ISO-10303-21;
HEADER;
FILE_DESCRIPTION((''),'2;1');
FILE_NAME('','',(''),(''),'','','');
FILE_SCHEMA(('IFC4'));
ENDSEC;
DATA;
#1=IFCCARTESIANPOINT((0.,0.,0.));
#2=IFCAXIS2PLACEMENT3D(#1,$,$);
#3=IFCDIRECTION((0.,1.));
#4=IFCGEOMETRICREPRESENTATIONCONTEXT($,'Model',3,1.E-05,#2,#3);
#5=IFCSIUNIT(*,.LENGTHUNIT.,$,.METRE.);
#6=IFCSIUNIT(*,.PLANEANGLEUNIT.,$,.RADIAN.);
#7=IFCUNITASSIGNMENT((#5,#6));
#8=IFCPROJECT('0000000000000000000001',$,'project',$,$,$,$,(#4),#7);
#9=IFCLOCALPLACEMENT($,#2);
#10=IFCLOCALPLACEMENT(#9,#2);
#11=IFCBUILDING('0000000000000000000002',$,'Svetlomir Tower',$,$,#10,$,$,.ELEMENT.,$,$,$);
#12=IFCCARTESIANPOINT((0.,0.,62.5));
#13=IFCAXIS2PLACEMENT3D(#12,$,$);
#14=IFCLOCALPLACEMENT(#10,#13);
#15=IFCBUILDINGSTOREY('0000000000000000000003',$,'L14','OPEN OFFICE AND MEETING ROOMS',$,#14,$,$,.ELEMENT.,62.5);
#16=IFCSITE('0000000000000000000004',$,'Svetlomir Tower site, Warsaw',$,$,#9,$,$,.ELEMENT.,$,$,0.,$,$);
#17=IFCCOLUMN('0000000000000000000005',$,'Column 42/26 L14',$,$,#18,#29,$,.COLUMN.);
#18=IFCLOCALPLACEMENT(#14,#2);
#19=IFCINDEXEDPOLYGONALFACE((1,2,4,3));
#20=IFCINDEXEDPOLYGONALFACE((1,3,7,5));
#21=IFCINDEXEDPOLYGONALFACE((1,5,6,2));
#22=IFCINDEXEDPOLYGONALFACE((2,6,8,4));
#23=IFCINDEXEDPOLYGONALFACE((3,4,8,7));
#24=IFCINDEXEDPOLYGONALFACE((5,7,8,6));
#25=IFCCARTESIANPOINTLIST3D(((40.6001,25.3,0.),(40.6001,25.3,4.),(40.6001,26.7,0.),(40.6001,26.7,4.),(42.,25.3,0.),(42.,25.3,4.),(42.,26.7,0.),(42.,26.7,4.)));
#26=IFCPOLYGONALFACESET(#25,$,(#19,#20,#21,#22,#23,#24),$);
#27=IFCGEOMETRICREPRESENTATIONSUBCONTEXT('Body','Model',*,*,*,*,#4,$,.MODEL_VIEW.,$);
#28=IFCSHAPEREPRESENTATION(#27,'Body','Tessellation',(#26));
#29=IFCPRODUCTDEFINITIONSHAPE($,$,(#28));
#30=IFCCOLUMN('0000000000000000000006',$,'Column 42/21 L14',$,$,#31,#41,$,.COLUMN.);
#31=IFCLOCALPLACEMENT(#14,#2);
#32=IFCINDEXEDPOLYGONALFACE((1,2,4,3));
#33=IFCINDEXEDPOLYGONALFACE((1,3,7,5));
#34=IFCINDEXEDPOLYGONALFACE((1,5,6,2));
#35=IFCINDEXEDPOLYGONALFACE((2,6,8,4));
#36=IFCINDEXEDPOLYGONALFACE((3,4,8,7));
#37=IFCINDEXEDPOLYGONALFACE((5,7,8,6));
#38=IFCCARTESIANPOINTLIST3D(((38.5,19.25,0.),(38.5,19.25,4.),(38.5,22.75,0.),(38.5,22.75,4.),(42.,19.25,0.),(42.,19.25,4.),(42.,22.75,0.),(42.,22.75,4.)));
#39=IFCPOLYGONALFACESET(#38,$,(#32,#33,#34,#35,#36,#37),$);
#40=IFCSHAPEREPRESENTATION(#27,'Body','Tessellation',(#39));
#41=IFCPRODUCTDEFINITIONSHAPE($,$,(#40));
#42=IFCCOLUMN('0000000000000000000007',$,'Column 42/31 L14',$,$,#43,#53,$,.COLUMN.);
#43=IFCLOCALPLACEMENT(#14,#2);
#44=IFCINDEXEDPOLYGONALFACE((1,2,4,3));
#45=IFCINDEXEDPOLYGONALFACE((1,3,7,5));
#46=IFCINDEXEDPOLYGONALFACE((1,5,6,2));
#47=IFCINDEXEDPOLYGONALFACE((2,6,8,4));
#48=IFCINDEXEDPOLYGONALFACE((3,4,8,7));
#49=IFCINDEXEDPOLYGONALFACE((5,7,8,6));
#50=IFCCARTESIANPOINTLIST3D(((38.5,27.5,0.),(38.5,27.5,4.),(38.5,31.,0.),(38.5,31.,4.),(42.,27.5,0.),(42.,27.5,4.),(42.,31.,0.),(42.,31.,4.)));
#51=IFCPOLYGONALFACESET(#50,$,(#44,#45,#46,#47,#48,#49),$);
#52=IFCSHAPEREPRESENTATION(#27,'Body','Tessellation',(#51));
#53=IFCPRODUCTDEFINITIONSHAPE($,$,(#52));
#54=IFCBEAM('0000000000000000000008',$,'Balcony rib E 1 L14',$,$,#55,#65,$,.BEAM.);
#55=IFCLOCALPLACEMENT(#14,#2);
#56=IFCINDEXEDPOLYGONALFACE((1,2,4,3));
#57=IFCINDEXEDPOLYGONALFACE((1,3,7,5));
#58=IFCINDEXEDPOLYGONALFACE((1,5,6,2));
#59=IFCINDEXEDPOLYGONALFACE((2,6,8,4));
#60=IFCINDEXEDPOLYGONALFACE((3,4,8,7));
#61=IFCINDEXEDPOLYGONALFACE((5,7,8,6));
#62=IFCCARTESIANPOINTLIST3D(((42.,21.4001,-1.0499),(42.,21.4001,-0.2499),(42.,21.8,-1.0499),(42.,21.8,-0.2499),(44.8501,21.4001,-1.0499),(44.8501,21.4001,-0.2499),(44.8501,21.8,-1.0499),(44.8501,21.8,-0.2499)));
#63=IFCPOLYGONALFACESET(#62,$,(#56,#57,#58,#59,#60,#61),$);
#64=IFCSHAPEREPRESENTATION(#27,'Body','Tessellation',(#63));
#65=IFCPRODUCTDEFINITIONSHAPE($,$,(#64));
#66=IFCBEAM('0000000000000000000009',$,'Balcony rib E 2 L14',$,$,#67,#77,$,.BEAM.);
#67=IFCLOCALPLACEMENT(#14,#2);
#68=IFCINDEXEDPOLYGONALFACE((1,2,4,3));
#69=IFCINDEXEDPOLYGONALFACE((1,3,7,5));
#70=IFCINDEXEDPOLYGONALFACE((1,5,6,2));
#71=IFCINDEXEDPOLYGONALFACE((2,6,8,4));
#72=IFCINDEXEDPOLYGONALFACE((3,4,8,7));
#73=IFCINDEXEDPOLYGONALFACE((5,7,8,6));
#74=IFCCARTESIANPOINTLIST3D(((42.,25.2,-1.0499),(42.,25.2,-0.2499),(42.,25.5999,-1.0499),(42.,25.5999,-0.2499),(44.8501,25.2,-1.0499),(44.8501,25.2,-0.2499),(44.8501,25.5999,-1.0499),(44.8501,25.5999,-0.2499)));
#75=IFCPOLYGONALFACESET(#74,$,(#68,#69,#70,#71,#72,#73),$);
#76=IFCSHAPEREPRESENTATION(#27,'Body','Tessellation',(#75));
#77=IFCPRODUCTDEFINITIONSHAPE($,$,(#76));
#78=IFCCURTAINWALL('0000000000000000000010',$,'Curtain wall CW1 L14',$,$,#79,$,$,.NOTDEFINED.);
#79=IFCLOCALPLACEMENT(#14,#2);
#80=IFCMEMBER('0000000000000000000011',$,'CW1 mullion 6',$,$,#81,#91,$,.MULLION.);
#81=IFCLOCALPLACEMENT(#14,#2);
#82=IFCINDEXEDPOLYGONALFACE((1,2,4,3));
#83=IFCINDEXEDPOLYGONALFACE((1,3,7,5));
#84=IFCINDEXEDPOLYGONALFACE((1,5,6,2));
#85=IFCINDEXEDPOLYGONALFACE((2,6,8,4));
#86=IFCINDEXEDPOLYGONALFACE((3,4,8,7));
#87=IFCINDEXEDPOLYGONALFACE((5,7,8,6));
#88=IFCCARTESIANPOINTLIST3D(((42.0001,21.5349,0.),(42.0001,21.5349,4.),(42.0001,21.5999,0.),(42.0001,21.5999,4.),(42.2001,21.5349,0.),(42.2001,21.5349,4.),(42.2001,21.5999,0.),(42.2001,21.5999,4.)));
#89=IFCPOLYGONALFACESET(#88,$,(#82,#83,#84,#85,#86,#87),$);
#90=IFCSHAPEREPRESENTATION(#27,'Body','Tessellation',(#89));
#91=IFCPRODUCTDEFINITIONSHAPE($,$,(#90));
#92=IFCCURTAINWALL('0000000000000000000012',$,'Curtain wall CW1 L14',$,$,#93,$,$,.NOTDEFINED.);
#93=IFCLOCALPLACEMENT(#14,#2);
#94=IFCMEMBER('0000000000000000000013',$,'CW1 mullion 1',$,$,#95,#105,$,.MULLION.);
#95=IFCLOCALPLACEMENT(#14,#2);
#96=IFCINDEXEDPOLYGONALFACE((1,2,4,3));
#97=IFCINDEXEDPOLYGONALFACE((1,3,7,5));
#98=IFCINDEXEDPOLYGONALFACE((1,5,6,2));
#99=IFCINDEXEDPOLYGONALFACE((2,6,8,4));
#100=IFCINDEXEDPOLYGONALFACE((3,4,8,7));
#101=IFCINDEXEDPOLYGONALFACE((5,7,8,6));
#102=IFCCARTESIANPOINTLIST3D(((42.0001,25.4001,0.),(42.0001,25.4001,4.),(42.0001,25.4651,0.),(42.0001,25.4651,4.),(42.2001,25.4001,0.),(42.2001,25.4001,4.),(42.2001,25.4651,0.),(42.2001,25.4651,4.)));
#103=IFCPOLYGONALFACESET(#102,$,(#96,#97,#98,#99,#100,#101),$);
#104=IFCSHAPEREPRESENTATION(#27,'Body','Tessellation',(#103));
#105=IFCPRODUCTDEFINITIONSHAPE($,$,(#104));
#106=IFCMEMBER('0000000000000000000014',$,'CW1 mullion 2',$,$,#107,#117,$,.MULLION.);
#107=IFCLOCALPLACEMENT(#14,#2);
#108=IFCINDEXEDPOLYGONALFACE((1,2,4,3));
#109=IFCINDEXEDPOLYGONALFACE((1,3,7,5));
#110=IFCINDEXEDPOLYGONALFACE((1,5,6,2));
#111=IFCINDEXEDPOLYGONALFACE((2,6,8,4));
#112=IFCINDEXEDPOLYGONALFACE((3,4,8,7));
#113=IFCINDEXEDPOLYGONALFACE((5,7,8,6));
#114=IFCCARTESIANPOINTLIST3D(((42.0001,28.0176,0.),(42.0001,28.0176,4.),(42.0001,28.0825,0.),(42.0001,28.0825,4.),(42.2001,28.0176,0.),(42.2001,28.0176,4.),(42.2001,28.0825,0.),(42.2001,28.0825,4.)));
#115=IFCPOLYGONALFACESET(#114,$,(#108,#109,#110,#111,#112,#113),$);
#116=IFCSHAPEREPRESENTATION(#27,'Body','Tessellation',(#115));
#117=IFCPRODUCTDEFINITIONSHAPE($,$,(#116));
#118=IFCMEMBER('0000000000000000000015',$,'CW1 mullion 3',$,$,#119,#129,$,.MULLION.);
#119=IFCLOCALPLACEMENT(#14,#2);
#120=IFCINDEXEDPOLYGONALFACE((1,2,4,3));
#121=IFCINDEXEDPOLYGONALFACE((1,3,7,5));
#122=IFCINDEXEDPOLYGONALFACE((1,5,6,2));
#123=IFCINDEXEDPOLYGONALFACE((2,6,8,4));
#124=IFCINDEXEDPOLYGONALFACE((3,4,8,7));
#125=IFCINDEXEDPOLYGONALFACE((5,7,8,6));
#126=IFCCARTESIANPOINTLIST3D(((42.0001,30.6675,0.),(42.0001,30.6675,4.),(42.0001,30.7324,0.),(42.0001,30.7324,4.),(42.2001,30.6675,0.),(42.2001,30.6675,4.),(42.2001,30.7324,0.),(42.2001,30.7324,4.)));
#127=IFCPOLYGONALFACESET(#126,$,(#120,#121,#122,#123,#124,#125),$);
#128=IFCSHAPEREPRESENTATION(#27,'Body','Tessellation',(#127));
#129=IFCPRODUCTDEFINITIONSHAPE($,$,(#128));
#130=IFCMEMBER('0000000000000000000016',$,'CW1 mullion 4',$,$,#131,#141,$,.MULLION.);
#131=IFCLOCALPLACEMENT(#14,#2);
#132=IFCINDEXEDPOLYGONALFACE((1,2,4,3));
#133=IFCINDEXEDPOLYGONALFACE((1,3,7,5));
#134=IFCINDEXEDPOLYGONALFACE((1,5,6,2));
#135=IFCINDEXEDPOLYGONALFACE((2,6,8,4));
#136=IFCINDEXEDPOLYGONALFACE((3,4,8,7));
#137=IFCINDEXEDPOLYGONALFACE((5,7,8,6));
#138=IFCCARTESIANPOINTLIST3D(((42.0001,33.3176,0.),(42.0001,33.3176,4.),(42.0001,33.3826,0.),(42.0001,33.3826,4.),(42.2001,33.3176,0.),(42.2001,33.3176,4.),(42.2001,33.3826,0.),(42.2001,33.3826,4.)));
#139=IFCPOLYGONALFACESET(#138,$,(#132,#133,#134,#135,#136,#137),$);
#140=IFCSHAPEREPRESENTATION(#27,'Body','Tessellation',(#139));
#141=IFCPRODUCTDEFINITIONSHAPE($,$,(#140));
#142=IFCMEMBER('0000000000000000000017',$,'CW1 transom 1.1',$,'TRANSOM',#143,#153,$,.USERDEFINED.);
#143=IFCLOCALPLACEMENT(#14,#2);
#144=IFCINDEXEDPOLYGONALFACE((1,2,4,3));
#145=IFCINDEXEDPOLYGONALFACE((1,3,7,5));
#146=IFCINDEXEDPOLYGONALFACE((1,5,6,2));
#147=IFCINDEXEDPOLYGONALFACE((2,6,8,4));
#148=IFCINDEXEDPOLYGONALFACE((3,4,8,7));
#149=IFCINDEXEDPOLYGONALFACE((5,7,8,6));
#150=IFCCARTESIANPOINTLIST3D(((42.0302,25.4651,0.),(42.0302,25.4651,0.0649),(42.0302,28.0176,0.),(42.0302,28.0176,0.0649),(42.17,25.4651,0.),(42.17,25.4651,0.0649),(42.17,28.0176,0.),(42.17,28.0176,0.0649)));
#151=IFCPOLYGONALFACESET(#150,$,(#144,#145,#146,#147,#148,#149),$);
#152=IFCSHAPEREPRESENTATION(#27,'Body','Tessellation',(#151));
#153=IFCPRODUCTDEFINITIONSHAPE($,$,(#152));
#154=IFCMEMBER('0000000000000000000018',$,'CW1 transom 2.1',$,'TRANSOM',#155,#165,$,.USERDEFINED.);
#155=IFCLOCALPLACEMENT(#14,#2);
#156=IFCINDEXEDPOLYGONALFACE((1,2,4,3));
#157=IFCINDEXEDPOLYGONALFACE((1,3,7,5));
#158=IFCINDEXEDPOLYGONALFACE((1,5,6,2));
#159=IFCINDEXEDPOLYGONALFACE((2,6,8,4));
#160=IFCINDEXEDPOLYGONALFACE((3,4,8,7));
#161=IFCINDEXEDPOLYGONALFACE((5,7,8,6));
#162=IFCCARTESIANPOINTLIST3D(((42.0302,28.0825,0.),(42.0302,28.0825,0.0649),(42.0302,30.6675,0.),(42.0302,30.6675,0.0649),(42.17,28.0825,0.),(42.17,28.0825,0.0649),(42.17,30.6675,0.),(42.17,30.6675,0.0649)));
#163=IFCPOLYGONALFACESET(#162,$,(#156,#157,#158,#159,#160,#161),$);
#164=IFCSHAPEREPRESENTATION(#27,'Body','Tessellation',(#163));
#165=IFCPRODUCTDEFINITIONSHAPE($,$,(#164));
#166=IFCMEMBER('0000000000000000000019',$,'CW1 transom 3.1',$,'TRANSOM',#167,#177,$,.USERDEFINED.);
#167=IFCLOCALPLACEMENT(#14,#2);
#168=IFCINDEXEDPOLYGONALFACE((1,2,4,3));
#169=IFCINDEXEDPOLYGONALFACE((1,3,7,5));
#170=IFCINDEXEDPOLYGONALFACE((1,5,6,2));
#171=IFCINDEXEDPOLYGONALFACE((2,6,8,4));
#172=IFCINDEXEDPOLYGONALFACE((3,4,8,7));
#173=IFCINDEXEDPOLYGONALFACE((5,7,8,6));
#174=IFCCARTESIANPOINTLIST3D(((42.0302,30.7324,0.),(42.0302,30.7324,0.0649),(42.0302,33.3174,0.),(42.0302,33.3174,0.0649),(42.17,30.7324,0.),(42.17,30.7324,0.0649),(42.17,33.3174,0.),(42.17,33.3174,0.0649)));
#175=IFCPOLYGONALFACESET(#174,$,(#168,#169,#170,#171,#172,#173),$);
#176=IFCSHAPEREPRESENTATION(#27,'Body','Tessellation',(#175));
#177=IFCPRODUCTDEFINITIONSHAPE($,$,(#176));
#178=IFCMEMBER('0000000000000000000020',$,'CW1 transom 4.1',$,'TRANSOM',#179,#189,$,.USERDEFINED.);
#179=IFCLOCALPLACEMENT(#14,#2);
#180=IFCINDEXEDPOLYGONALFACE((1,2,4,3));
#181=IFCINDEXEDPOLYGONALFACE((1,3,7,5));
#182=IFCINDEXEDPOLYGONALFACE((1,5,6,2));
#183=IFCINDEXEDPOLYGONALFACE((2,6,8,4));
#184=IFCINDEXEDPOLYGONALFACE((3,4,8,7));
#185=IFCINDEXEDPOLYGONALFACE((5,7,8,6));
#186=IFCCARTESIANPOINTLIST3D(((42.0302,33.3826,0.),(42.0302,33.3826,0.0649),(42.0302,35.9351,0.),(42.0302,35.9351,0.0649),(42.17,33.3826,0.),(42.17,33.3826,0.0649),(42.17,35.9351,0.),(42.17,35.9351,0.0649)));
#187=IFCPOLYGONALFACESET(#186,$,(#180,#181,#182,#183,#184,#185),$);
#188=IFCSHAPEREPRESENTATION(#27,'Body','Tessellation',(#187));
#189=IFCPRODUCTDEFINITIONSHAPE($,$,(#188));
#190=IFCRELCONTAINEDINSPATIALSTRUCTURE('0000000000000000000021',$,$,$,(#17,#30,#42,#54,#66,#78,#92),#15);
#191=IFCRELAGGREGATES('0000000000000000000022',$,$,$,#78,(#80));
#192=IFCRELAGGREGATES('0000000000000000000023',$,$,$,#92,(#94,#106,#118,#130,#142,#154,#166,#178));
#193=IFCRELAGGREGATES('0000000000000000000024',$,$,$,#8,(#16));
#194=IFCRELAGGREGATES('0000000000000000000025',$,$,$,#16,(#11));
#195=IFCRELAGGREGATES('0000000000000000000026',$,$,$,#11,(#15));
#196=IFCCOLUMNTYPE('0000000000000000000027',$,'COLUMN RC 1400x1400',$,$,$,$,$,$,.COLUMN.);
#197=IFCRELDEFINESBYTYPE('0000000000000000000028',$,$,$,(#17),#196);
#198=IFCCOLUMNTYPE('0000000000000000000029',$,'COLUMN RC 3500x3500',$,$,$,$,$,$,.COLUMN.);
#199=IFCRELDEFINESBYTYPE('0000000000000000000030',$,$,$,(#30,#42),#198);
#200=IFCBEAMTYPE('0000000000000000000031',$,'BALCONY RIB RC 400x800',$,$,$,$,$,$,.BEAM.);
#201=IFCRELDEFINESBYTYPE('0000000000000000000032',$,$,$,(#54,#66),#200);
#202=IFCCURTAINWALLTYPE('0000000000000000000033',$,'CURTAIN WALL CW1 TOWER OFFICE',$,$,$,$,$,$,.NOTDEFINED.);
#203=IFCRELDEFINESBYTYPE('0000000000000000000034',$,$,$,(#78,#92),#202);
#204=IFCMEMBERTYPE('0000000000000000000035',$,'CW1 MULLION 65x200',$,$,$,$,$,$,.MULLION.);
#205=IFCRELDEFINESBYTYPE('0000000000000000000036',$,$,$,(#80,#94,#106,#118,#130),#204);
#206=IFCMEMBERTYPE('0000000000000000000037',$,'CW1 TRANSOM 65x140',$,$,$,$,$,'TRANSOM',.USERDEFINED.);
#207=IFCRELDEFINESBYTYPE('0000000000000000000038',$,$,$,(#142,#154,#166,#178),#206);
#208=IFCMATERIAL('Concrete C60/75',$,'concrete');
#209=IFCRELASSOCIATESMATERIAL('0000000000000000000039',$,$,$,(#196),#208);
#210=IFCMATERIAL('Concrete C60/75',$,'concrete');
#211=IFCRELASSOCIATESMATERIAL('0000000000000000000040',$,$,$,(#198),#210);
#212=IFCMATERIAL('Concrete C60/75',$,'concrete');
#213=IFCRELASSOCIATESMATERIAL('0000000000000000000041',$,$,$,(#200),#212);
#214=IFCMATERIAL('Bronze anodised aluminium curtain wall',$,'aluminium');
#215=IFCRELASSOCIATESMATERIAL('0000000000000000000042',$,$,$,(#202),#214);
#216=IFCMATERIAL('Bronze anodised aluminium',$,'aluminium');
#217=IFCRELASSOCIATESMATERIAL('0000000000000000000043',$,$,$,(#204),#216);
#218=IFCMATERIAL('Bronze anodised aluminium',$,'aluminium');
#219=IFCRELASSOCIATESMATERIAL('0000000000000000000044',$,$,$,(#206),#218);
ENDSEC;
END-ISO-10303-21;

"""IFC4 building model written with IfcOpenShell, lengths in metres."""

from ifc_helpers import new_model, si_unit, direction, frame, origin, origin_2d, place, context, subcontext, project, spatial, rectangle, extrude, material, material_profile, profile_set, type_object, element, aggregate, save


model = new_model("IFC4")

# Units and contexts
model_context = context("Model", 3, precision=1e-05, world=origin(), true_north=direction((0.0, 1.0)))
body_context = subcontext(model_context, "Body", "Model", "MODEL_VIEW")
ifc_project = project(units=[si_unit("LENGTHUNIT", "METRE"), si_unit("PLANEANGLEUNIT", "RADIAN")], contexts=[model_context])

# Site, building, storey
site_placement = place(None, origin())
site = spatial("IfcSite", under=ifc_project, at=site_placement, Name="Svetlomir Tower site, Warsaw", CompositionType="ELEMENT", RefElevation=0.0)
building_placement = place(site_placement, origin())
building = spatial("IfcBuilding", under=site, at=building_placement, Name="Svetlomir Tower", CompositionType="ELEMENT")
storey_placement = place(building_placement, frame((0.0, 0.0, 62.5)))
storey = spatial("IfcBuildingStorey", under=building, at=storey_placement, Name="L14", Description="OPEN OFFICE AND MEETING ROOMS", CompositionType="ELEMENT", Elevation=62.5)

# Columns
ifc_material_1 = material(Name="Concrete C60/75", Category="concrete")
ifc_material_profile_1 = material_profile(ifc_material_1, rectangle(XDim=1.3999, YDim=1.3999, at=origin_2d()), Name="RC 1400x1400")
ifc_profile_set_1 = profile_set([ifc_material_profile_1], Name="Concrete C60/75")
column_type_1 = type_object("IfcColumnType", Name="COLUMN RC 1400x1400", PredefinedType="COLUMN", material=ifc_profile_set_1)
column_placement = place(storey_placement, frame((41.3, 26.0, 0.0), z_axis=(0.0, 0.0, 1.0), x_axis=(1.0, 0.0, 0.0)))
element("IfcColumn", 1, at=column_placement, inside=storey, type_object=column_type_1, Name="Column 42/26 L14", PredefinedType="COLUMN", context=body_context, shape_type="SweptSolid", body=[
    extrude(rectangle(XDim=1.3999, YDim=1.3999, at=origin_2d()), origin(), (0.0, 0.0, 1.0), 4.0),
])
ifc_material_2 = material(Name="Concrete C60/75", Category="concrete")
ifc_material_profile_2 = material_profile(ifc_material_2, rectangle(XDim=3.5, YDim=3.5, at=origin_2d()), Name="RC 3500x3500")
ifc_profile_set_2 = profile_set([ifc_material_profile_2], Name="Concrete C60/75")
column_type_2 = type_object("IfcColumnType", Name="COLUMN RC 3500x3500", PredefinedType="COLUMN", material=ifc_profile_set_2)
for number, where, z_axis, x_axis, name in (
    (2, (40.25, 21.0, 0.0), (0.0, 0.0, 1.0), (1.0, 0.0, 0.0), "Column 42/21 L14"),
    (3, (40.25, 29.25, 0.0), (0.0, 0.0, 1.0), (1.0, 0.0, 0.0), "Column 42/31 L14"),
):
    element("IfcColumn", number, at=place(storey_placement, frame(where, z_axis=z_axis, x_axis=x_axis)), inside=storey, type_object=column_type_2, Name=name, PredefinedType="COLUMN", context=body_context, shape_type="SweptSolid", body=[
        extrude(rectangle(XDim=3.5, YDim=3.5, at=origin_2d()), origin(), (0.0, 0.0, 1.0), 4.0),
    ])

# Beams
ifc_material_3 = material(Name="Concrete C60/75", Category="concrete")
ifc_material_profile_3 = material_profile(ifc_material_3, rectangle(XDim=0.3999, YDim=0.8, at=origin_2d()), Name="RC 400x800")
ifc_profile_set_3 = profile_set([ifc_material_profile_3], Name="Concrete C60/75")
beam_type_1 = type_object("IfcBeamType", Name="BALCONY RIB RC 400x800", PredefinedType="BEAM", material=ifc_profile_set_3)
for number, where, z_axis, x_axis, name in (
    (4, (42.0, 21.6001, -0.6499), (1.0, 0.0, 0.0), (0.0, 1.0, 0.0), "Balcony rib E 1 L14"),
    (5, (42.0, 25.3999, -0.6499), (1.0, 0.0, 0.0), (0.0, 1.0, 0.0), "Balcony rib E 2 L14"),
):
    element("IfcBeam", number, at=place(storey_placement, frame(where, z_axis=z_axis, x_axis=x_axis)), inside=storey, type_object=beam_type_1, Name=name, PredefinedType="BEAM", context=body_context, shape_type="SweptSolid", body=[
        extrude(rectangle(XDim=0.3999, YDim=0.8, at=origin_2d()), origin(), (0.0, 0.0, 1.0), 2.8501),
    ])

# Curtain wall, member
ifc_material_4 = material(Name="Bronze anodised aluminium curtain wall", Category="aluminium")
curtain_wall_type = type_object("IfcCurtainWallType", Name="CURTAIN WALL CW1 TOWER OFFICE", PredefinedType="NOTDEFINED", material=ifc_material_4)
curtain_wall_1_placement = place(storey_placement, origin())
curtain_wall_1 = element("IfcCurtainWall", 6, at=curtain_wall_1_placement, inside=storey, type_object=curtain_wall_type, Name="Curtain wall CW1 L14", PredefinedType="NOTDEFINED")
ifc_material_5 = material(Name="Bronze anodised aluminium", Category="aluminium")
ifc_material_profile_4 = material_profile(ifc_material_5, rectangle(XDim=0.0649, YDim=0.2, at=origin_2d()), Name="AL 65x200")
ifc_profile_set_4 = profile_set([ifc_material_profile_4], Name="Bronze anodised aluminium 6063-T6")
member_type_1 = type_object("IfcMemberType", Name="CW1 MULLION 65x200", PredefinedType="MULLION", material=ifc_profile_set_4)
member_1_placement = place(storey_placement, frame((42.1001, 21.5674, 0.0), z_axis=(0.0, 0.0, 1.0), x_axis=(0.0, 1.0, 0.0)))
member_1 = element("IfcMember", 7, at=member_1_placement, type_object=member_type_1, Name="CW1 mullion 6", PredefinedType="MULLION", context=body_context, shape_type="SweptSolid", body=[
    extrude(rectangle(XDim=0.0649, YDim=0.2, at=origin_2d()), origin(), (0.0, 0.0, 1.0), 4.0),
])
aggregate(curtain_wall_1, [member_1])

# Curtain wall, members
curtain_wall_2_placement = place(storey_placement, origin())
curtain_wall_2 = element("IfcCurtainWall", 8, at=curtain_wall_2_placement, inside=storey, type_object=curtain_wall_type, Name="Curtain wall CW1 L14", PredefinedType="NOTDEFINED")
member_2_placement = place(storey_placement, frame((42.1001, 25.4326, 0.0), z_axis=(0.0, 0.0, 1.0), x_axis=(0.0, 1.0, 0.0)))
member_2 = element("IfcMember", 9, at=member_2_placement, type_object=member_type_1, Name="CW1 mullion 1", PredefinedType="MULLION", context=body_context, shape_type="SweptSolid", body=[
    extrude(rectangle(XDim=0.0649, YDim=0.2, at=origin_2d()), origin(), (0.0, 0.0, 1.0), 4.0),
])
member_3_placement = place(storey_placement, frame((42.1001, 28.05, 0.0), z_axis=(0.0, 0.0, 1.0), x_axis=(0.0, 1.0, 0.0)))
member_3 = element("IfcMember", 10, at=member_3_placement, type_object=member_type_1, Name="CW1 mullion 2", PredefinedType="MULLION", context=body_context, shape_type="SweptSolid", body=[
    extrude(rectangle(XDim=0.0649, YDim=0.2, at=origin_2d()), origin(), (0.0, 0.0, 1.0), 4.0),
])
member_4_placement = place(storey_placement, frame((42.1001, 30.7, 0.0), z_axis=(0.0, 0.0, 1.0), x_axis=(0.0, 1.0, 0.0)))
member_4 = element("IfcMember", 11, at=member_4_placement, type_object=member_type_1, Name="CW1 mullion 3", PredefinedType="MULLION", context=body_context, shape_type="SweptSolid", body=[
    extrude(rectangle(XDim=0.0649, YDim=0.2, at=origin_2d()), origin(), (0.0, 0.0, 1.0), 4.0),
])
member_5_placement = place(storey_placement, frame((42.1001, 33.3501, 0.0), z_axis=(0.0, 0.0, 1.0), x_axis=(0.0, 1.0, 0.0)))
member_5 = element("IfcMember", 12, at=member_5_placement, type_object=member_type_1, Name="CW1 mullion 4", PredefinedType="MULLION", context=body_context, shape_type="SweptSolid", body=[
    extrude(rectangle(XDim=0.0649, YDim=0.2, at=origin_2d()), origin(), (0.0, 0.0, 1.0), 4.0),
])
ifc_material_6 = material(Name="Bronze anodised aluminium", Category="aluminium")
ifc_material_profile_5 = material_profile(ifc_material_6, rectangle(XDim=0.1399, YDim=0.0649, at=origin_2d()), Name="AL 140x65")
ifc_profile_set_5 = profile_set([ifc_material_profile_5], Name="Bronze anodised aluminium 6063-T6")
member_type_2 = type_object("IfcMemberType", Name="CW1 TRANSOM 65x140", ElementType="TRANSOM", PredefinedType="USERDEFINED", material=ifc_profile_set_5)
member_6_placement = place(storey_placement, frame((42.1001, 25.4651, 0.0325), z_axis=(0.0, 1.0, 0.0), x_axis=(-1.0, 0.0, 0.0)))
member_6 = element("IfcMember", 13, at=member_6_placement, type_object=member_type_2, Name="CW1 transom 1.1", ObjectType="TRANSOM", PredefinedType="USERDEFINED", context=body_context, shape_type="SweptSolid", body=[
    extrude(rectangle(XDim=0.1399, YDim=0.0649, at=origin_2d()), origin(), (0.0, 0.0, 1.0), 2.5525),
])
member_7_placement = place(storey_placement, frame((42.1001, 28.0825, 0.0325), z_axis=(0.0, 1.0, 0.0), x_axis=(-1.0, 0.0, 0.0)))
member_7 = element("IfcMember", 14, at=member_7_placement, type_object=member_type_2, Name="CW1 transom 2.1", ObjectType="TRANSOM", PredefinedType="USERDEFINED", context=body_context, shape_type="SweptSolid", body=[
    extrude(rectangle(XDim=0.1399, YDim=0.0649, at=origin_2d()), origin(), (0.0, 0.0, 1.0), 2.585),
])
member_8_placement = place(storey_placement, frame((42.1001, 30.7324, 0.0325), z_axis=(0.0, 1.0, 0.0), x_axis=(-1.0, 0.0, 0.0)))
member_8 = element("IfcMember", 15, at=member_8_placement, type_object=member_type_2, Name="CW1 transom 3.1", ObjectType="TRANSOM", PredefinedType="USERDEFINED", context=body_context, shape_type="SweptSolid", body=[
    extrude(rectangle(XDim=0.1399, YDim=0.0649, at=origin_2d()), origin(), (0.0, 0.0, 1.0), 2.585),
])
member_9_placement = place(storey_placement, frame((42.1001, 33.3826, 0.0325), z_axis=(0.0, 1.0, 0.0), x_axis=(-1.0, 0.0, 0.0)))
member_9 = element("IfcMember", 16, at=member_9_placement, type_object=member_type_2, Name="CW1 transom 4.1", ObjectType="TRANSOM", PredefinedType="USERDEFINED", context=body_context, shape_type="SweptSolid", body=[
    extrude(rectangle(XDim=0.1399, YDim=0.0649, at=origin_2d()), origin(), (0.0, 0.0, 1.0), 2.5525),
])

aggregate(curtain_wall_2, [member_2, member_3, member_4, member_5, member_6, member_7, member_8, member_9])

save(model, "model.ifc")
